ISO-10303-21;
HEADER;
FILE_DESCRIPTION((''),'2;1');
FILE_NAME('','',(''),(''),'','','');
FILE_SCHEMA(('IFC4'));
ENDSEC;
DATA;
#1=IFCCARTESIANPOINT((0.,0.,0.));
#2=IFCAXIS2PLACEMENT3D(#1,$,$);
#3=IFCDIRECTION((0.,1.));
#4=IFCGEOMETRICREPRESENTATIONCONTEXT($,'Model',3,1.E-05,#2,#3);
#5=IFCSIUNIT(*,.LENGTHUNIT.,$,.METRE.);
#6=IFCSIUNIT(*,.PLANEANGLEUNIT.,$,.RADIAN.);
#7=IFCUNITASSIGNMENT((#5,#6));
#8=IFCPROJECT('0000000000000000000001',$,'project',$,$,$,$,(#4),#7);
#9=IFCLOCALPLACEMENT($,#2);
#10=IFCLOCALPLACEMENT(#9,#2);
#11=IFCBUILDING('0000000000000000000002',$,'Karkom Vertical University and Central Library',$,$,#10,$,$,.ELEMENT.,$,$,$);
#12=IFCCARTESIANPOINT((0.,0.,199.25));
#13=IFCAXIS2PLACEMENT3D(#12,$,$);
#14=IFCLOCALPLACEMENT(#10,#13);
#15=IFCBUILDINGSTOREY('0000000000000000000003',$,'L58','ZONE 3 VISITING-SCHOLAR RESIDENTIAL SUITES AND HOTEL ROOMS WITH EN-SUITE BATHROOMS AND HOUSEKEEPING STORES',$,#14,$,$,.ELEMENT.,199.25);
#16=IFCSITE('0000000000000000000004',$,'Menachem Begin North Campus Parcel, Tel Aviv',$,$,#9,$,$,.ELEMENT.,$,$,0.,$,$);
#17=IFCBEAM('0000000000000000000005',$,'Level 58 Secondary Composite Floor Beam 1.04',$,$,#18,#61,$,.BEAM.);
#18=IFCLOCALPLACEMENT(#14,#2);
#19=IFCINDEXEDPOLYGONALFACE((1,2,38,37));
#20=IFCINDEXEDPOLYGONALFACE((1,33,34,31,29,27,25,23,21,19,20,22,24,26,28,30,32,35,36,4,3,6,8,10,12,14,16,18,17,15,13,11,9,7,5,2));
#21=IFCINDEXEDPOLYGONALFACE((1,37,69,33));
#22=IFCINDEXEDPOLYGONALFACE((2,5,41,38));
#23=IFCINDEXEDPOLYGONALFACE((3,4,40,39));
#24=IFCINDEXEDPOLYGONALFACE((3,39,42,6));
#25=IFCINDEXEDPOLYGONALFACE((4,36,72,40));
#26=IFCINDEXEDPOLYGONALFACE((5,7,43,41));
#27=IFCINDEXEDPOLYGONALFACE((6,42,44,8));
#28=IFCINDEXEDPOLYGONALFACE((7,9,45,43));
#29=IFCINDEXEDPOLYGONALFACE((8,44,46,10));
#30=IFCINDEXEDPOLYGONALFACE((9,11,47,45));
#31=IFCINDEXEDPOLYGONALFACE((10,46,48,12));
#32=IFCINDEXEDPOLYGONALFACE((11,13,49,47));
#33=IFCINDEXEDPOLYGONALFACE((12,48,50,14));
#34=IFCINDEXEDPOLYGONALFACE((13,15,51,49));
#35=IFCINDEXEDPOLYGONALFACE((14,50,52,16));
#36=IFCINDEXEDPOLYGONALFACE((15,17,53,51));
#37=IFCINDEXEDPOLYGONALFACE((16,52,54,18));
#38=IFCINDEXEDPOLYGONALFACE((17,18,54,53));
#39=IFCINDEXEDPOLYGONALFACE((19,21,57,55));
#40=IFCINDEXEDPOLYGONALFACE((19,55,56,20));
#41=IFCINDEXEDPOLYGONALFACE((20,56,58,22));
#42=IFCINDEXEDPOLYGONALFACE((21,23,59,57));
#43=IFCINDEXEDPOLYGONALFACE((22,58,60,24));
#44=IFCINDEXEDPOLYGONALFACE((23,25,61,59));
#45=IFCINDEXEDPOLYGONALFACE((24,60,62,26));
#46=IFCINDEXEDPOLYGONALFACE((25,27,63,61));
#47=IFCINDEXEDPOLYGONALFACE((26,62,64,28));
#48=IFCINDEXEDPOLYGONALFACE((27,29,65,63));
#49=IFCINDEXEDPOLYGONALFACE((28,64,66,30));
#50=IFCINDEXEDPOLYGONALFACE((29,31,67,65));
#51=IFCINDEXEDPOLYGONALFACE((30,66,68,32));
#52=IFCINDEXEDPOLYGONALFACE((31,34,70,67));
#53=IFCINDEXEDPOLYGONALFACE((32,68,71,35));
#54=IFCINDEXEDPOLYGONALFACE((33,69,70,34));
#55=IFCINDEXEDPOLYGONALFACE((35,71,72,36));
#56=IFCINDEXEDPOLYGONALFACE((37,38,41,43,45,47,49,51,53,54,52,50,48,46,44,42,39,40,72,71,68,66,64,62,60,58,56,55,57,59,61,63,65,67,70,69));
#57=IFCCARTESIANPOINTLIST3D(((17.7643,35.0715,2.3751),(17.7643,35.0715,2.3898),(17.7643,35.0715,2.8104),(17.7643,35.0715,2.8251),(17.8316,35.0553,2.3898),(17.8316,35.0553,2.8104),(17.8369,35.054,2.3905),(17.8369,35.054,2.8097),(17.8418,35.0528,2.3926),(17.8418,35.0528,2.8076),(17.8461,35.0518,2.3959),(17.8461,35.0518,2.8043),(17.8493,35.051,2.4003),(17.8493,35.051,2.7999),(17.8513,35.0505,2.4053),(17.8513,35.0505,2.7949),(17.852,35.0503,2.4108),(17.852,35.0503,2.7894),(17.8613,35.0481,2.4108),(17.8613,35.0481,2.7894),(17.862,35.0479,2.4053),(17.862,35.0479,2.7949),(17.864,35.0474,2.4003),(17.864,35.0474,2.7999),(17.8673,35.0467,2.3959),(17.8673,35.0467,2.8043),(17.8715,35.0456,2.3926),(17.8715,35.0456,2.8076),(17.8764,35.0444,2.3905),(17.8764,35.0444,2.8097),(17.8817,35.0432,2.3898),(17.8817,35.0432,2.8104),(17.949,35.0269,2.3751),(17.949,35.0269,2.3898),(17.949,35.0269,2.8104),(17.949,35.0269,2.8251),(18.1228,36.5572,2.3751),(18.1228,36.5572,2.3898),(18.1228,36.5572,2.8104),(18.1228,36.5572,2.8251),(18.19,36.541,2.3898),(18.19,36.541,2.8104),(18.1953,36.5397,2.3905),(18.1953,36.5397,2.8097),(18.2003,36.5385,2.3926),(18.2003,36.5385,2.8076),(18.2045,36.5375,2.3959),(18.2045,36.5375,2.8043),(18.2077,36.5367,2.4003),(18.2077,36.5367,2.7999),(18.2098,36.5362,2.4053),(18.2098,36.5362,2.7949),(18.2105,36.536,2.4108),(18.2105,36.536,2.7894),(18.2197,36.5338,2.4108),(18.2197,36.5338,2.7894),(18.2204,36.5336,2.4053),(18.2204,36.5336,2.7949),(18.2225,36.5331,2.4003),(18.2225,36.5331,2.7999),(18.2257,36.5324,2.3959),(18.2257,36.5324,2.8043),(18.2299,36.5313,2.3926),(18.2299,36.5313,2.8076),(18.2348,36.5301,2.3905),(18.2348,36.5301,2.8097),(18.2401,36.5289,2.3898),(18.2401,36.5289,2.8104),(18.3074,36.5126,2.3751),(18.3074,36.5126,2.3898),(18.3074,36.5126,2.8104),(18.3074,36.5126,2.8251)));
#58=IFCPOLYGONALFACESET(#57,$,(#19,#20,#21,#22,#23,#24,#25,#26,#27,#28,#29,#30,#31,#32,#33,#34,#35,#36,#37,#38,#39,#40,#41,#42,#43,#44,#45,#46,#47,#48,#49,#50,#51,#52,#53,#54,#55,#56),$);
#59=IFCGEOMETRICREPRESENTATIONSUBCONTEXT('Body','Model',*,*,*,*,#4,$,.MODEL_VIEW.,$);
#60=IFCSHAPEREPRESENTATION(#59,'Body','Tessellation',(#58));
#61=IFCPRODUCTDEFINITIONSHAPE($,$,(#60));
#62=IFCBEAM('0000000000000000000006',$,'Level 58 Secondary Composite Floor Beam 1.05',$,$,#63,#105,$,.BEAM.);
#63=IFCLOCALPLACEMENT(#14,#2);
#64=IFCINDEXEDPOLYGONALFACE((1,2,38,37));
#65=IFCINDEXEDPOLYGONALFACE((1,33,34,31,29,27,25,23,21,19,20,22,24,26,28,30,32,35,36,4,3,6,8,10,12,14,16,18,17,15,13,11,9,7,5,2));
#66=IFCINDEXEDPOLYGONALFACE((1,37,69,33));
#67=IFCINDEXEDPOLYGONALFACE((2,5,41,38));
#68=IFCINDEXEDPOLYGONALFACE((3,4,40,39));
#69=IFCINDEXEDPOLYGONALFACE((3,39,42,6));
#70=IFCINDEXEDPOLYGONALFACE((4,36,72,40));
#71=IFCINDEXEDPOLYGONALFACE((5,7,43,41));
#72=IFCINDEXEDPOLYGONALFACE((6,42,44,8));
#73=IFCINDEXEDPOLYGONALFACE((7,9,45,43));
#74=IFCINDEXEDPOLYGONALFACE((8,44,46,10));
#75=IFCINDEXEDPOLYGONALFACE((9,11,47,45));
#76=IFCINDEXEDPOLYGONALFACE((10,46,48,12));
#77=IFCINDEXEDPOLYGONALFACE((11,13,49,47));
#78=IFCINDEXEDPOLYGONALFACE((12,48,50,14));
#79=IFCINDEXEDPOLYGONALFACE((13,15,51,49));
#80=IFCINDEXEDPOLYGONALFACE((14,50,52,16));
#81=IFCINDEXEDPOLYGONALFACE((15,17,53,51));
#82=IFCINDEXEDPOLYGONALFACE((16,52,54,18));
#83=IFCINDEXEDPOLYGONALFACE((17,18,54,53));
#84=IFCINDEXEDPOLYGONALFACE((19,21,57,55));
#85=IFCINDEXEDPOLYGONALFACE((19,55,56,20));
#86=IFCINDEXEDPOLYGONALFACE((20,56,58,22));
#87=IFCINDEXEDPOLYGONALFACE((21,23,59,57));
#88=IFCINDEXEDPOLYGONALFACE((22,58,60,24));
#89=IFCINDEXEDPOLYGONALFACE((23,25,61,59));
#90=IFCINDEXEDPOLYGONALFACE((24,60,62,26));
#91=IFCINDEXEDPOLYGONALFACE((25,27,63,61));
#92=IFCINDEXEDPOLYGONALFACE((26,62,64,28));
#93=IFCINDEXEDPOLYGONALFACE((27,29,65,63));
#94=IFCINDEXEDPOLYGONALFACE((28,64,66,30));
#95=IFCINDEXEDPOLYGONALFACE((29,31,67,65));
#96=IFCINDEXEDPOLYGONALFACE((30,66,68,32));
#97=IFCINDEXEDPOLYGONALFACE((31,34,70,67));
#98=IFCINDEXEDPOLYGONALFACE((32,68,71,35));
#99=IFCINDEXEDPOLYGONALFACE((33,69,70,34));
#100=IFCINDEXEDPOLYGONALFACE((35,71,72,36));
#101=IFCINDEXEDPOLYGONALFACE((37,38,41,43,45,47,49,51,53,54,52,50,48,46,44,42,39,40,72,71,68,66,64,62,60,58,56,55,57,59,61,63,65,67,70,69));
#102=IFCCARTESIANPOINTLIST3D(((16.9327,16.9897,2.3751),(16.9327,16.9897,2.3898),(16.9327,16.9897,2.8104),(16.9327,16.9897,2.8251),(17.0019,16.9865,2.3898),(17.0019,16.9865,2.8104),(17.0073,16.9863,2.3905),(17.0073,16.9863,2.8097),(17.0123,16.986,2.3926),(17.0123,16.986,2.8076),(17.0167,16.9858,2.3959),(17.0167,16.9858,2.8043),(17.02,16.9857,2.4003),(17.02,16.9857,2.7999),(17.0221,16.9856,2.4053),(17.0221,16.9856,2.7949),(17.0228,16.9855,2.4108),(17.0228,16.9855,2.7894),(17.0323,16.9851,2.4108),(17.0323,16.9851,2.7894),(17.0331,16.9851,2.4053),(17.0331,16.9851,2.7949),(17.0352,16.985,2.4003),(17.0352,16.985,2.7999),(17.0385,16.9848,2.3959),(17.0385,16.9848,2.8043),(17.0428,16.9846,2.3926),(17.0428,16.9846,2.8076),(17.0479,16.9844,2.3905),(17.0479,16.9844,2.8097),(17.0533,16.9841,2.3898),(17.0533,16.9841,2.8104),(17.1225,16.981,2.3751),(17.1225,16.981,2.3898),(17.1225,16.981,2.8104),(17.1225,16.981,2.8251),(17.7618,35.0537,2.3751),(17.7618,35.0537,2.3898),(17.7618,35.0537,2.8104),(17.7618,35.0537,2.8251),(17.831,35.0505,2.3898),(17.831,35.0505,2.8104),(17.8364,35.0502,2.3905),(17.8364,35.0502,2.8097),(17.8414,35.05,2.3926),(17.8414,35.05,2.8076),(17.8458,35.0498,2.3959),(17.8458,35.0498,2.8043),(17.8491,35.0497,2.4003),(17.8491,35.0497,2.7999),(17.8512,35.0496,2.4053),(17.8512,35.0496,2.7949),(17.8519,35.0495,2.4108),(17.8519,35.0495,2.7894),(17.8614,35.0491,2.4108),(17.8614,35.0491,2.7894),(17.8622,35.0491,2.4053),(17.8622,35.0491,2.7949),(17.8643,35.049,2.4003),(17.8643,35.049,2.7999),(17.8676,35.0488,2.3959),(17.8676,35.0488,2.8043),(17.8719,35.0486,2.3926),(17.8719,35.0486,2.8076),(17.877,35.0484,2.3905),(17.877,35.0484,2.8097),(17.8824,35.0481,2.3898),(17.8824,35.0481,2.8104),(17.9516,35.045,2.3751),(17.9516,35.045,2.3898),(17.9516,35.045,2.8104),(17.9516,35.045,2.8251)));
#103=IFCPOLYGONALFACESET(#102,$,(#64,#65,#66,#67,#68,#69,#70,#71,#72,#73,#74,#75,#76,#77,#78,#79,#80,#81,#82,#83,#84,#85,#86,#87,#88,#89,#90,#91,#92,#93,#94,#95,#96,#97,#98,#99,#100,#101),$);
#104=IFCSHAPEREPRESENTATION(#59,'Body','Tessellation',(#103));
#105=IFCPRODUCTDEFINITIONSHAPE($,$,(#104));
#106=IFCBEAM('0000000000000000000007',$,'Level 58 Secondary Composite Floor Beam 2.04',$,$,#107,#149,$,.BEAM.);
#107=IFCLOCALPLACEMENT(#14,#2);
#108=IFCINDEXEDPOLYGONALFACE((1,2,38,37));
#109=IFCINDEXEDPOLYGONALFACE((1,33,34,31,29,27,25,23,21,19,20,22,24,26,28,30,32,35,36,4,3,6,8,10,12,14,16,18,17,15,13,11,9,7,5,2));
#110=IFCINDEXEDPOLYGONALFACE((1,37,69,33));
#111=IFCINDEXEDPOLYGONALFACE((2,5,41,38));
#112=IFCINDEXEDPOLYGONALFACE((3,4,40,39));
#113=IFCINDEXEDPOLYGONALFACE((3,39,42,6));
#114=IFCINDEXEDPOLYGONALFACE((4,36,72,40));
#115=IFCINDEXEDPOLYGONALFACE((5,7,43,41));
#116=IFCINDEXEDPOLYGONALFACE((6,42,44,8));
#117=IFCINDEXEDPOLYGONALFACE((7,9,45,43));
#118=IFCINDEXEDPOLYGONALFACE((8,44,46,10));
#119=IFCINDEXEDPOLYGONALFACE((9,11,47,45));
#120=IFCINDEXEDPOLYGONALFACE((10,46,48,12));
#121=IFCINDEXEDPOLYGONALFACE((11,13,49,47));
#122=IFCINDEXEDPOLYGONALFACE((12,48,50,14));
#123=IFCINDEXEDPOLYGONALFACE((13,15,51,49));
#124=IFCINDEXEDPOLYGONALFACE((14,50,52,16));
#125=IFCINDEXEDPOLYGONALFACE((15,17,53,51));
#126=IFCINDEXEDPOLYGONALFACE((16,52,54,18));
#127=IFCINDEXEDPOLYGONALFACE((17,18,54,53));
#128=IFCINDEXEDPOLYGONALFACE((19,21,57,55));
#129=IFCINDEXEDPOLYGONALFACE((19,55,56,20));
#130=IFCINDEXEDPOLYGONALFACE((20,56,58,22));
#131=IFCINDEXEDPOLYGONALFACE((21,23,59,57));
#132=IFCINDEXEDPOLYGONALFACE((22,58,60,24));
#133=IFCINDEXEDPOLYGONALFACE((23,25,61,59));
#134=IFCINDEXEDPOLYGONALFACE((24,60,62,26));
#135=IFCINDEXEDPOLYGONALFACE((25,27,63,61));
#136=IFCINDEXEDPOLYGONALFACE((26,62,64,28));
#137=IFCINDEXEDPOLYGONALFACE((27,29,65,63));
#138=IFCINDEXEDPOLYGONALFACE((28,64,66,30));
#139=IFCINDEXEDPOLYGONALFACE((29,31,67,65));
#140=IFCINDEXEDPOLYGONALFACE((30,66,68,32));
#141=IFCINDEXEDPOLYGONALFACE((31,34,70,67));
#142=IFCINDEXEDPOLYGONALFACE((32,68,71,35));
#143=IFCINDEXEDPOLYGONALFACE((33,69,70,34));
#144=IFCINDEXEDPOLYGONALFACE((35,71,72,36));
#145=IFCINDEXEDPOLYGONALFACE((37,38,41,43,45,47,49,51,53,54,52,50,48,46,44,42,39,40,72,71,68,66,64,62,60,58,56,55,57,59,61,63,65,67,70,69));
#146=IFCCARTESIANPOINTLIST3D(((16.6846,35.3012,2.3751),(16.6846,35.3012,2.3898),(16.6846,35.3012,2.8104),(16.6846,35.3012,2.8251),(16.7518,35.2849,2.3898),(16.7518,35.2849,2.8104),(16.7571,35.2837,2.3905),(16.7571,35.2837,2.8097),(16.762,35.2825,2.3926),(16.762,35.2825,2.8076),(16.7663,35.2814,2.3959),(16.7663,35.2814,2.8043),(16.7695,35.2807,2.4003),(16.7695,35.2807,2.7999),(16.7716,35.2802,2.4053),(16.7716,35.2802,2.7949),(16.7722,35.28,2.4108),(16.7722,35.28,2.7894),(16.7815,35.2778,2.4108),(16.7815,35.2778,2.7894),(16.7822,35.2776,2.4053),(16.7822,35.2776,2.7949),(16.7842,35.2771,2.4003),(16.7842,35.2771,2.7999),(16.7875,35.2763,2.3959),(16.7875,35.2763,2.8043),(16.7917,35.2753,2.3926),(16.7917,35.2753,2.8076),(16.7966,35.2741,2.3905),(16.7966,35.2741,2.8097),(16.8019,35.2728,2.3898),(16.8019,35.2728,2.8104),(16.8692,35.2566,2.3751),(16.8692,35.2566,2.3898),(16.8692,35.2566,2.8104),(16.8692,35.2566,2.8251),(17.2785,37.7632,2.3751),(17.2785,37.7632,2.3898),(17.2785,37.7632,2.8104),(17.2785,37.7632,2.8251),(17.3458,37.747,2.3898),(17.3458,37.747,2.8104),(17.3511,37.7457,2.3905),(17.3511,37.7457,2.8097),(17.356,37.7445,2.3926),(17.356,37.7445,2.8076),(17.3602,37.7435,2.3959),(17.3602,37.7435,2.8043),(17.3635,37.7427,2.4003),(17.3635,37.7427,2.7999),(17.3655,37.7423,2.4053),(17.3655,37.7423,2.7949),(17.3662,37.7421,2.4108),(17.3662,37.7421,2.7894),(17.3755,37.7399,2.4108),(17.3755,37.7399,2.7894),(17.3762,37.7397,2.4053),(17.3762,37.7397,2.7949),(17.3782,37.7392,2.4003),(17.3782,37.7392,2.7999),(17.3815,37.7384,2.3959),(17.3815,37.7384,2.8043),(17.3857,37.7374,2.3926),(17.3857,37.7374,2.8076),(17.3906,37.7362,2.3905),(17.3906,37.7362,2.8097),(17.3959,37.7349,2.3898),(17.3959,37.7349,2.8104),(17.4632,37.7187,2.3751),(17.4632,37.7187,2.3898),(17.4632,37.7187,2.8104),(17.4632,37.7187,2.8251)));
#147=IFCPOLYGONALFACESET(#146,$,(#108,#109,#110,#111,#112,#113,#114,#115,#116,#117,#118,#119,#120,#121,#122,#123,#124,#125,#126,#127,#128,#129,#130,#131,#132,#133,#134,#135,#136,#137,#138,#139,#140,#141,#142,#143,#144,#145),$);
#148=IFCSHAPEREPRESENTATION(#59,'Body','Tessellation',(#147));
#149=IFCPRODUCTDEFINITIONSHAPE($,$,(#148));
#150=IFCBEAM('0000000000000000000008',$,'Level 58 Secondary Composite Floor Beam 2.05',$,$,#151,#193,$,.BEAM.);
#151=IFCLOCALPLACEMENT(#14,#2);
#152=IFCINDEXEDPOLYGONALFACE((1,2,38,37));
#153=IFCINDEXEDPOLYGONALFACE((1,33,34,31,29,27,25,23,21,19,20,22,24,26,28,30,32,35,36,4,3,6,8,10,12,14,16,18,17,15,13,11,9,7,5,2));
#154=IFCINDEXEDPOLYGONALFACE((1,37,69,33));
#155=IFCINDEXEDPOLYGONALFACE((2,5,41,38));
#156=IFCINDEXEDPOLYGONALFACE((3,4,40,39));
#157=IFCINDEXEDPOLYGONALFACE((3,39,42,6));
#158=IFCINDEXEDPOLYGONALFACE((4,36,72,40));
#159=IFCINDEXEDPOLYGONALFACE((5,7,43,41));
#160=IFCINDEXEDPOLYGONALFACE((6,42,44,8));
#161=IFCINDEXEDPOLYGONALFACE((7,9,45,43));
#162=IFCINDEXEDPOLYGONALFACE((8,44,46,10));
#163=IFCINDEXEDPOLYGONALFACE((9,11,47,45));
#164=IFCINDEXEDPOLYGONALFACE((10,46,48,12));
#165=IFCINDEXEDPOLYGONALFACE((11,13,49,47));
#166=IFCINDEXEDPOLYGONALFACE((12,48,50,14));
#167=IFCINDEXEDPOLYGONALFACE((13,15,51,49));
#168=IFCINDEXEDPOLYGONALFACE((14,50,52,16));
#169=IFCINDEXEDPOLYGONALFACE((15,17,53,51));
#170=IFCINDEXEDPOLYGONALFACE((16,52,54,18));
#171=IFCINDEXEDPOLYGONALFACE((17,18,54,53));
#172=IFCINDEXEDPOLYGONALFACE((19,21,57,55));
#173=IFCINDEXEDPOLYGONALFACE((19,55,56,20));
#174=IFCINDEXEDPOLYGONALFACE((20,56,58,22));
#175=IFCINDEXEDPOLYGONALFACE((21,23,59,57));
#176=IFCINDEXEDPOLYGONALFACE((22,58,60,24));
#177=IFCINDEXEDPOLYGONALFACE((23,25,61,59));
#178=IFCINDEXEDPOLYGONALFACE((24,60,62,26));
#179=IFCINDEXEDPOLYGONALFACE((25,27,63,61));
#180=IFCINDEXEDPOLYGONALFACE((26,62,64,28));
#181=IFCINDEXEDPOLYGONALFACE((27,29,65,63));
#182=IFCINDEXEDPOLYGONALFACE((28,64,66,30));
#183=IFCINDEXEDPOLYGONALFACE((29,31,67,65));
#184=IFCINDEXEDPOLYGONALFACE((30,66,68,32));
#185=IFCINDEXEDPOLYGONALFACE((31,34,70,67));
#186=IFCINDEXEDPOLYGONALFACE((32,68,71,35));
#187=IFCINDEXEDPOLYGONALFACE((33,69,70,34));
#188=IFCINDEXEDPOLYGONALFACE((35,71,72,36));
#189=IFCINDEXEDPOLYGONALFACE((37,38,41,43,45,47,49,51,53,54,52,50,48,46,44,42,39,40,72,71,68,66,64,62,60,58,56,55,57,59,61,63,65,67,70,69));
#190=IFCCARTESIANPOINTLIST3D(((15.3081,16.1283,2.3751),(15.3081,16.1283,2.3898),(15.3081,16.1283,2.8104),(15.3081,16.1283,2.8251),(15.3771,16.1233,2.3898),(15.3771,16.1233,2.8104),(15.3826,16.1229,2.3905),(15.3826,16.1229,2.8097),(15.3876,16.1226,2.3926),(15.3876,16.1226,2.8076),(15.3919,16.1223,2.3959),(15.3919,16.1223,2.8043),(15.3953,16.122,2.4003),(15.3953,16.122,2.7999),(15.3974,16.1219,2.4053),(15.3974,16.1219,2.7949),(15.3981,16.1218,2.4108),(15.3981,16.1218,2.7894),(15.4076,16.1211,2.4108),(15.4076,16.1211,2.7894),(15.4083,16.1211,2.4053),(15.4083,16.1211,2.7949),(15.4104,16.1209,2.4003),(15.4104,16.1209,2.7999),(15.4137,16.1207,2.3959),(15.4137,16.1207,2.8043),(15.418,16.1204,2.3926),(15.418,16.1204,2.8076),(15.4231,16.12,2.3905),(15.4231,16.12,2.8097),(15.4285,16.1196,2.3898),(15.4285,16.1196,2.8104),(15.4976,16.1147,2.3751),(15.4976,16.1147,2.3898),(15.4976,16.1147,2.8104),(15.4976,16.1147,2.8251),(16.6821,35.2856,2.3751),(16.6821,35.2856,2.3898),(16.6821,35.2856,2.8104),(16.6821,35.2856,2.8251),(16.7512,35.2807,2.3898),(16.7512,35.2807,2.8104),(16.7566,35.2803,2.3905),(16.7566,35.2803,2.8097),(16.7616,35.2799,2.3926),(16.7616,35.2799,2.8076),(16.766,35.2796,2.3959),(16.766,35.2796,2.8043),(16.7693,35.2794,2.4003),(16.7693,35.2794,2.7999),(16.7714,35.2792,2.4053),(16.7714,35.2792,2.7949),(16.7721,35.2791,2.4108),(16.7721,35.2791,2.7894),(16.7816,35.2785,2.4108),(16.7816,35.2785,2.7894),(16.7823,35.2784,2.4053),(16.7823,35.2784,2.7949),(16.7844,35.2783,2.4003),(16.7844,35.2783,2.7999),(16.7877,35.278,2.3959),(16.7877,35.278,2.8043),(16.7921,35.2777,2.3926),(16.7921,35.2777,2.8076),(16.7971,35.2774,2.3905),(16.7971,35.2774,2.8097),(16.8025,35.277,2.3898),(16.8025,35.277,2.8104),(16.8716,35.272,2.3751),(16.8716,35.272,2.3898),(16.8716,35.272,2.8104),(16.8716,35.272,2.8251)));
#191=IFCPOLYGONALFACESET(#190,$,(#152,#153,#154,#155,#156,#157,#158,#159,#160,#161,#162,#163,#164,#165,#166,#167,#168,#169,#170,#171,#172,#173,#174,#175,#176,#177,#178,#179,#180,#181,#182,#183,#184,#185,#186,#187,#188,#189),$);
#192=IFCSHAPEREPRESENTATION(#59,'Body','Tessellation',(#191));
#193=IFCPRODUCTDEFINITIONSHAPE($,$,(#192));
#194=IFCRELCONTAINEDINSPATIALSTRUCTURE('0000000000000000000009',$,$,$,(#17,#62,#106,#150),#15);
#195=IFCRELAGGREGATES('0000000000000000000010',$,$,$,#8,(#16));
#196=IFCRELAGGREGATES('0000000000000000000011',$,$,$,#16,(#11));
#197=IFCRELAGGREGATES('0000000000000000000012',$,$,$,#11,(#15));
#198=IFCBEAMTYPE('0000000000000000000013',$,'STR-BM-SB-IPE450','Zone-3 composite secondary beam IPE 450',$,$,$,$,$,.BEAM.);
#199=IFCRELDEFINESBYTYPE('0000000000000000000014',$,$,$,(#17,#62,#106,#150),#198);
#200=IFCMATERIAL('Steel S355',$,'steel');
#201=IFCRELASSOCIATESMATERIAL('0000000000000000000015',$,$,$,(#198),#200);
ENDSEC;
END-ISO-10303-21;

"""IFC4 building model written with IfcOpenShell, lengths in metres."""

from ifc_helpers import new_model, si_unit, direction, frame, origin, origin_with_axes, origin_2d, place, context, subcontext, project, spatial, i_section, extrude, source, transform, mapped, material, material_profile, profile_set, type_object, element, save


model = new_model("IFC4")

# Units and contexts
model_context = context("Model", 3, precision=1e-05, world=origin(), true_north=direction((0.0, 1.0)))
body_context = subcontext(model_context, "Body", "Model", "MODEL_VIEW")
ifc_project = project(units=[si_unit("LENGTHUNIT", "METRE"), si_unit("PLANEANGLEUNIT", "RADIAN")], contexts=[model_context])

# Site, building, storey
site_placement = place(None, origin())
site = spatial("IfcSite", under=ifc_project, at=site_placement, Name="Menachem Begin North Campus Parcel, Tel Aviv", CompositionType="ELEMENT", RefElevation=0.0)
building_placement = place(site_placement, origin())
building = spatial("IfcBuilding", under=site, at=building_placement, Name="Karkom Vertical University and Central Library", CompositionType="ELEMENT")
storey_placement = place(building_placement, frame((0.0, 0.0, 199.25)))
storey = spatial("IfcBuildingStorey", under=building, at=storey_placement, Name="L58", Description="ZONE 3 VISITING-SCHOLAR RESIDENTIAL SUITES AND HOTEL ROOMS WITH EN-SUITE BATHROOMS AND HOUSEKEEPING STORES", CompositionType="ELEMENT", Elevation=199.25)

# Beams
ifc_material_1 = material(Name="Steel S355", Category="steel")
ifc_material_profile_1 = material_profile(ifc_material_1, i_section(OverallWidth=0.1899, OverallDepth=0.45, WebThickness=0.0095, FlangeThickness=0.0146, FilletRadius=0.021, at=origin_2d()), Name="IPE 450")
ifc_profile_set_1 = profile_set([ifc_material_profile_1], Name="Steel S355")
beam_type_1 = type_object("IfcBeamType", Name="STR-BM-SB-IPE450", Description="Zone-3 composite secondary beam IPE 450", PredefinedType="BEAM", material=ifc_profile_set_1)
shared_shape_1 = source(origin_with_axes(), body_context, "Body", "SweptSolid", [
    extrude(i_section(OverallWidth=0.1899, OverallDepth=0.45, WebThickness=0.0095, FlangeThickness=0.0146, FilletRadius=0.021, at=origin_2d()), origin(), (0.0, 0.0, 1.0), 1.5283),
])
beam_1_placement = place(storey_placement, frame((18.2151, 36.5349, 2.6001), z_axis=(-0.234521, -0.972111, 0.0), x_axis=(0.972111, -0.234521, 0.0)))
element("IfcBeam", 1, at=beam_1_placement, inside=storey, type_object=beam_type_1, Name="Level 58 Secondary Composite Floor Beam 1.04", PredefinedType="BEAM", context=body_context, shape_type="MappedRepresentation", body=[
    mapped(shared_shape_1, transform((0.0, 0.0, 0.0), scale=1.0)),
])
shared_shape_2 = source(origin_with_axes(), body_context, "Body", "SweptSolid", [
    extrude(i_section(OverallWidth=0.1899, OverallDepth=0.45, WebThickness=0.0095, FlangeThickness=0.0146, FilletRadius=0.021, at=origin_2d()), origin(), (0.0, 0.0, 1.0), 18.083),
])
beam_2_placement = place(storey_placement, frame((17.8567, 35.0493, 2.6001), z_axis=(-0.04585, -0.998948, 0.0), x_axis=(0.998948, -0.04585, 0.0)))
element("IfcBeam", 2, at=beam_2_placement, inside=storey, type_object=beam_type_1, Name="Level 58 Secondary Composite Floor Beam 1.05", PredefinedType="BEAM", context=body_context, shape_type="MappedRepresentation", body=[
    mapped(shared_shape_2, transform((0.0, 0.0, 0.0), scale=1.0)),
])
shared_shape_3 = source(origin_with_axes(), body_context, "Body", "SweptSolid", [
    extrude(i_section(OverallWidth=0.1899, OverallDepth=0.45, WebThickness=0.0095, FlangeThickness=0.0146, FilletRadius=0.021, at=origin_2d()), origin(), (0.0, 0.0, 1.0), 2.5327),
])
beam_3_placement = place(storey_placement, frame((17.3708, 37.741, 2.6001), z_axis=(-0.234521, -0.972111, 0.0), x_axis=(0.972111, -0.234521, 0.0)))
element("IfcBeam", 3, at=beam_3_placement, inside=storey, type_object=beam_type_1, Name="Level 58 Secondary Composite Floor Beam 2.04", PredefinedType="BEAM", context=body_context, shape_type="MappedRepresentation", body=[
    mapped(shared_shape_3, transform((0.0, 0.0, 0.0), scale=1.0)),
])
shared_shape_4 = source(origin_with_axes(), body_context, "Body", "SweptSolid", [
    extrude(i_section(OverallWidth=0.1899, OverallDepth=0.45, WebThickness=0.0095, FlangeThickness=0.0146, FilletRadius=0.021, at=origin_2d()), origin(), (0.0, 0.0, 1.0), 19.2065),
])
beam_4_placement = place(storey_placement, frame((16.7769, 35.2788, 2.6001), z_axis=(-0.07154, -0.997438, 0.0), x_axis=(0.997438, -0.07154, 0.0)))
element("IfcBeam", 4, at=beam_4_placement, inside=storey, type_object=beam_type_1, Name="Level 58 Secondary Composite Floor Beam 2.05", PredefinedType="BEAM", context=body_context, shape_type="MappedRepresentation", body=[
    mapped(shared_shape_4, transform((0.0, 0.0, 0.0), scale=1.0)),
])

save(model, "model.ifc")
